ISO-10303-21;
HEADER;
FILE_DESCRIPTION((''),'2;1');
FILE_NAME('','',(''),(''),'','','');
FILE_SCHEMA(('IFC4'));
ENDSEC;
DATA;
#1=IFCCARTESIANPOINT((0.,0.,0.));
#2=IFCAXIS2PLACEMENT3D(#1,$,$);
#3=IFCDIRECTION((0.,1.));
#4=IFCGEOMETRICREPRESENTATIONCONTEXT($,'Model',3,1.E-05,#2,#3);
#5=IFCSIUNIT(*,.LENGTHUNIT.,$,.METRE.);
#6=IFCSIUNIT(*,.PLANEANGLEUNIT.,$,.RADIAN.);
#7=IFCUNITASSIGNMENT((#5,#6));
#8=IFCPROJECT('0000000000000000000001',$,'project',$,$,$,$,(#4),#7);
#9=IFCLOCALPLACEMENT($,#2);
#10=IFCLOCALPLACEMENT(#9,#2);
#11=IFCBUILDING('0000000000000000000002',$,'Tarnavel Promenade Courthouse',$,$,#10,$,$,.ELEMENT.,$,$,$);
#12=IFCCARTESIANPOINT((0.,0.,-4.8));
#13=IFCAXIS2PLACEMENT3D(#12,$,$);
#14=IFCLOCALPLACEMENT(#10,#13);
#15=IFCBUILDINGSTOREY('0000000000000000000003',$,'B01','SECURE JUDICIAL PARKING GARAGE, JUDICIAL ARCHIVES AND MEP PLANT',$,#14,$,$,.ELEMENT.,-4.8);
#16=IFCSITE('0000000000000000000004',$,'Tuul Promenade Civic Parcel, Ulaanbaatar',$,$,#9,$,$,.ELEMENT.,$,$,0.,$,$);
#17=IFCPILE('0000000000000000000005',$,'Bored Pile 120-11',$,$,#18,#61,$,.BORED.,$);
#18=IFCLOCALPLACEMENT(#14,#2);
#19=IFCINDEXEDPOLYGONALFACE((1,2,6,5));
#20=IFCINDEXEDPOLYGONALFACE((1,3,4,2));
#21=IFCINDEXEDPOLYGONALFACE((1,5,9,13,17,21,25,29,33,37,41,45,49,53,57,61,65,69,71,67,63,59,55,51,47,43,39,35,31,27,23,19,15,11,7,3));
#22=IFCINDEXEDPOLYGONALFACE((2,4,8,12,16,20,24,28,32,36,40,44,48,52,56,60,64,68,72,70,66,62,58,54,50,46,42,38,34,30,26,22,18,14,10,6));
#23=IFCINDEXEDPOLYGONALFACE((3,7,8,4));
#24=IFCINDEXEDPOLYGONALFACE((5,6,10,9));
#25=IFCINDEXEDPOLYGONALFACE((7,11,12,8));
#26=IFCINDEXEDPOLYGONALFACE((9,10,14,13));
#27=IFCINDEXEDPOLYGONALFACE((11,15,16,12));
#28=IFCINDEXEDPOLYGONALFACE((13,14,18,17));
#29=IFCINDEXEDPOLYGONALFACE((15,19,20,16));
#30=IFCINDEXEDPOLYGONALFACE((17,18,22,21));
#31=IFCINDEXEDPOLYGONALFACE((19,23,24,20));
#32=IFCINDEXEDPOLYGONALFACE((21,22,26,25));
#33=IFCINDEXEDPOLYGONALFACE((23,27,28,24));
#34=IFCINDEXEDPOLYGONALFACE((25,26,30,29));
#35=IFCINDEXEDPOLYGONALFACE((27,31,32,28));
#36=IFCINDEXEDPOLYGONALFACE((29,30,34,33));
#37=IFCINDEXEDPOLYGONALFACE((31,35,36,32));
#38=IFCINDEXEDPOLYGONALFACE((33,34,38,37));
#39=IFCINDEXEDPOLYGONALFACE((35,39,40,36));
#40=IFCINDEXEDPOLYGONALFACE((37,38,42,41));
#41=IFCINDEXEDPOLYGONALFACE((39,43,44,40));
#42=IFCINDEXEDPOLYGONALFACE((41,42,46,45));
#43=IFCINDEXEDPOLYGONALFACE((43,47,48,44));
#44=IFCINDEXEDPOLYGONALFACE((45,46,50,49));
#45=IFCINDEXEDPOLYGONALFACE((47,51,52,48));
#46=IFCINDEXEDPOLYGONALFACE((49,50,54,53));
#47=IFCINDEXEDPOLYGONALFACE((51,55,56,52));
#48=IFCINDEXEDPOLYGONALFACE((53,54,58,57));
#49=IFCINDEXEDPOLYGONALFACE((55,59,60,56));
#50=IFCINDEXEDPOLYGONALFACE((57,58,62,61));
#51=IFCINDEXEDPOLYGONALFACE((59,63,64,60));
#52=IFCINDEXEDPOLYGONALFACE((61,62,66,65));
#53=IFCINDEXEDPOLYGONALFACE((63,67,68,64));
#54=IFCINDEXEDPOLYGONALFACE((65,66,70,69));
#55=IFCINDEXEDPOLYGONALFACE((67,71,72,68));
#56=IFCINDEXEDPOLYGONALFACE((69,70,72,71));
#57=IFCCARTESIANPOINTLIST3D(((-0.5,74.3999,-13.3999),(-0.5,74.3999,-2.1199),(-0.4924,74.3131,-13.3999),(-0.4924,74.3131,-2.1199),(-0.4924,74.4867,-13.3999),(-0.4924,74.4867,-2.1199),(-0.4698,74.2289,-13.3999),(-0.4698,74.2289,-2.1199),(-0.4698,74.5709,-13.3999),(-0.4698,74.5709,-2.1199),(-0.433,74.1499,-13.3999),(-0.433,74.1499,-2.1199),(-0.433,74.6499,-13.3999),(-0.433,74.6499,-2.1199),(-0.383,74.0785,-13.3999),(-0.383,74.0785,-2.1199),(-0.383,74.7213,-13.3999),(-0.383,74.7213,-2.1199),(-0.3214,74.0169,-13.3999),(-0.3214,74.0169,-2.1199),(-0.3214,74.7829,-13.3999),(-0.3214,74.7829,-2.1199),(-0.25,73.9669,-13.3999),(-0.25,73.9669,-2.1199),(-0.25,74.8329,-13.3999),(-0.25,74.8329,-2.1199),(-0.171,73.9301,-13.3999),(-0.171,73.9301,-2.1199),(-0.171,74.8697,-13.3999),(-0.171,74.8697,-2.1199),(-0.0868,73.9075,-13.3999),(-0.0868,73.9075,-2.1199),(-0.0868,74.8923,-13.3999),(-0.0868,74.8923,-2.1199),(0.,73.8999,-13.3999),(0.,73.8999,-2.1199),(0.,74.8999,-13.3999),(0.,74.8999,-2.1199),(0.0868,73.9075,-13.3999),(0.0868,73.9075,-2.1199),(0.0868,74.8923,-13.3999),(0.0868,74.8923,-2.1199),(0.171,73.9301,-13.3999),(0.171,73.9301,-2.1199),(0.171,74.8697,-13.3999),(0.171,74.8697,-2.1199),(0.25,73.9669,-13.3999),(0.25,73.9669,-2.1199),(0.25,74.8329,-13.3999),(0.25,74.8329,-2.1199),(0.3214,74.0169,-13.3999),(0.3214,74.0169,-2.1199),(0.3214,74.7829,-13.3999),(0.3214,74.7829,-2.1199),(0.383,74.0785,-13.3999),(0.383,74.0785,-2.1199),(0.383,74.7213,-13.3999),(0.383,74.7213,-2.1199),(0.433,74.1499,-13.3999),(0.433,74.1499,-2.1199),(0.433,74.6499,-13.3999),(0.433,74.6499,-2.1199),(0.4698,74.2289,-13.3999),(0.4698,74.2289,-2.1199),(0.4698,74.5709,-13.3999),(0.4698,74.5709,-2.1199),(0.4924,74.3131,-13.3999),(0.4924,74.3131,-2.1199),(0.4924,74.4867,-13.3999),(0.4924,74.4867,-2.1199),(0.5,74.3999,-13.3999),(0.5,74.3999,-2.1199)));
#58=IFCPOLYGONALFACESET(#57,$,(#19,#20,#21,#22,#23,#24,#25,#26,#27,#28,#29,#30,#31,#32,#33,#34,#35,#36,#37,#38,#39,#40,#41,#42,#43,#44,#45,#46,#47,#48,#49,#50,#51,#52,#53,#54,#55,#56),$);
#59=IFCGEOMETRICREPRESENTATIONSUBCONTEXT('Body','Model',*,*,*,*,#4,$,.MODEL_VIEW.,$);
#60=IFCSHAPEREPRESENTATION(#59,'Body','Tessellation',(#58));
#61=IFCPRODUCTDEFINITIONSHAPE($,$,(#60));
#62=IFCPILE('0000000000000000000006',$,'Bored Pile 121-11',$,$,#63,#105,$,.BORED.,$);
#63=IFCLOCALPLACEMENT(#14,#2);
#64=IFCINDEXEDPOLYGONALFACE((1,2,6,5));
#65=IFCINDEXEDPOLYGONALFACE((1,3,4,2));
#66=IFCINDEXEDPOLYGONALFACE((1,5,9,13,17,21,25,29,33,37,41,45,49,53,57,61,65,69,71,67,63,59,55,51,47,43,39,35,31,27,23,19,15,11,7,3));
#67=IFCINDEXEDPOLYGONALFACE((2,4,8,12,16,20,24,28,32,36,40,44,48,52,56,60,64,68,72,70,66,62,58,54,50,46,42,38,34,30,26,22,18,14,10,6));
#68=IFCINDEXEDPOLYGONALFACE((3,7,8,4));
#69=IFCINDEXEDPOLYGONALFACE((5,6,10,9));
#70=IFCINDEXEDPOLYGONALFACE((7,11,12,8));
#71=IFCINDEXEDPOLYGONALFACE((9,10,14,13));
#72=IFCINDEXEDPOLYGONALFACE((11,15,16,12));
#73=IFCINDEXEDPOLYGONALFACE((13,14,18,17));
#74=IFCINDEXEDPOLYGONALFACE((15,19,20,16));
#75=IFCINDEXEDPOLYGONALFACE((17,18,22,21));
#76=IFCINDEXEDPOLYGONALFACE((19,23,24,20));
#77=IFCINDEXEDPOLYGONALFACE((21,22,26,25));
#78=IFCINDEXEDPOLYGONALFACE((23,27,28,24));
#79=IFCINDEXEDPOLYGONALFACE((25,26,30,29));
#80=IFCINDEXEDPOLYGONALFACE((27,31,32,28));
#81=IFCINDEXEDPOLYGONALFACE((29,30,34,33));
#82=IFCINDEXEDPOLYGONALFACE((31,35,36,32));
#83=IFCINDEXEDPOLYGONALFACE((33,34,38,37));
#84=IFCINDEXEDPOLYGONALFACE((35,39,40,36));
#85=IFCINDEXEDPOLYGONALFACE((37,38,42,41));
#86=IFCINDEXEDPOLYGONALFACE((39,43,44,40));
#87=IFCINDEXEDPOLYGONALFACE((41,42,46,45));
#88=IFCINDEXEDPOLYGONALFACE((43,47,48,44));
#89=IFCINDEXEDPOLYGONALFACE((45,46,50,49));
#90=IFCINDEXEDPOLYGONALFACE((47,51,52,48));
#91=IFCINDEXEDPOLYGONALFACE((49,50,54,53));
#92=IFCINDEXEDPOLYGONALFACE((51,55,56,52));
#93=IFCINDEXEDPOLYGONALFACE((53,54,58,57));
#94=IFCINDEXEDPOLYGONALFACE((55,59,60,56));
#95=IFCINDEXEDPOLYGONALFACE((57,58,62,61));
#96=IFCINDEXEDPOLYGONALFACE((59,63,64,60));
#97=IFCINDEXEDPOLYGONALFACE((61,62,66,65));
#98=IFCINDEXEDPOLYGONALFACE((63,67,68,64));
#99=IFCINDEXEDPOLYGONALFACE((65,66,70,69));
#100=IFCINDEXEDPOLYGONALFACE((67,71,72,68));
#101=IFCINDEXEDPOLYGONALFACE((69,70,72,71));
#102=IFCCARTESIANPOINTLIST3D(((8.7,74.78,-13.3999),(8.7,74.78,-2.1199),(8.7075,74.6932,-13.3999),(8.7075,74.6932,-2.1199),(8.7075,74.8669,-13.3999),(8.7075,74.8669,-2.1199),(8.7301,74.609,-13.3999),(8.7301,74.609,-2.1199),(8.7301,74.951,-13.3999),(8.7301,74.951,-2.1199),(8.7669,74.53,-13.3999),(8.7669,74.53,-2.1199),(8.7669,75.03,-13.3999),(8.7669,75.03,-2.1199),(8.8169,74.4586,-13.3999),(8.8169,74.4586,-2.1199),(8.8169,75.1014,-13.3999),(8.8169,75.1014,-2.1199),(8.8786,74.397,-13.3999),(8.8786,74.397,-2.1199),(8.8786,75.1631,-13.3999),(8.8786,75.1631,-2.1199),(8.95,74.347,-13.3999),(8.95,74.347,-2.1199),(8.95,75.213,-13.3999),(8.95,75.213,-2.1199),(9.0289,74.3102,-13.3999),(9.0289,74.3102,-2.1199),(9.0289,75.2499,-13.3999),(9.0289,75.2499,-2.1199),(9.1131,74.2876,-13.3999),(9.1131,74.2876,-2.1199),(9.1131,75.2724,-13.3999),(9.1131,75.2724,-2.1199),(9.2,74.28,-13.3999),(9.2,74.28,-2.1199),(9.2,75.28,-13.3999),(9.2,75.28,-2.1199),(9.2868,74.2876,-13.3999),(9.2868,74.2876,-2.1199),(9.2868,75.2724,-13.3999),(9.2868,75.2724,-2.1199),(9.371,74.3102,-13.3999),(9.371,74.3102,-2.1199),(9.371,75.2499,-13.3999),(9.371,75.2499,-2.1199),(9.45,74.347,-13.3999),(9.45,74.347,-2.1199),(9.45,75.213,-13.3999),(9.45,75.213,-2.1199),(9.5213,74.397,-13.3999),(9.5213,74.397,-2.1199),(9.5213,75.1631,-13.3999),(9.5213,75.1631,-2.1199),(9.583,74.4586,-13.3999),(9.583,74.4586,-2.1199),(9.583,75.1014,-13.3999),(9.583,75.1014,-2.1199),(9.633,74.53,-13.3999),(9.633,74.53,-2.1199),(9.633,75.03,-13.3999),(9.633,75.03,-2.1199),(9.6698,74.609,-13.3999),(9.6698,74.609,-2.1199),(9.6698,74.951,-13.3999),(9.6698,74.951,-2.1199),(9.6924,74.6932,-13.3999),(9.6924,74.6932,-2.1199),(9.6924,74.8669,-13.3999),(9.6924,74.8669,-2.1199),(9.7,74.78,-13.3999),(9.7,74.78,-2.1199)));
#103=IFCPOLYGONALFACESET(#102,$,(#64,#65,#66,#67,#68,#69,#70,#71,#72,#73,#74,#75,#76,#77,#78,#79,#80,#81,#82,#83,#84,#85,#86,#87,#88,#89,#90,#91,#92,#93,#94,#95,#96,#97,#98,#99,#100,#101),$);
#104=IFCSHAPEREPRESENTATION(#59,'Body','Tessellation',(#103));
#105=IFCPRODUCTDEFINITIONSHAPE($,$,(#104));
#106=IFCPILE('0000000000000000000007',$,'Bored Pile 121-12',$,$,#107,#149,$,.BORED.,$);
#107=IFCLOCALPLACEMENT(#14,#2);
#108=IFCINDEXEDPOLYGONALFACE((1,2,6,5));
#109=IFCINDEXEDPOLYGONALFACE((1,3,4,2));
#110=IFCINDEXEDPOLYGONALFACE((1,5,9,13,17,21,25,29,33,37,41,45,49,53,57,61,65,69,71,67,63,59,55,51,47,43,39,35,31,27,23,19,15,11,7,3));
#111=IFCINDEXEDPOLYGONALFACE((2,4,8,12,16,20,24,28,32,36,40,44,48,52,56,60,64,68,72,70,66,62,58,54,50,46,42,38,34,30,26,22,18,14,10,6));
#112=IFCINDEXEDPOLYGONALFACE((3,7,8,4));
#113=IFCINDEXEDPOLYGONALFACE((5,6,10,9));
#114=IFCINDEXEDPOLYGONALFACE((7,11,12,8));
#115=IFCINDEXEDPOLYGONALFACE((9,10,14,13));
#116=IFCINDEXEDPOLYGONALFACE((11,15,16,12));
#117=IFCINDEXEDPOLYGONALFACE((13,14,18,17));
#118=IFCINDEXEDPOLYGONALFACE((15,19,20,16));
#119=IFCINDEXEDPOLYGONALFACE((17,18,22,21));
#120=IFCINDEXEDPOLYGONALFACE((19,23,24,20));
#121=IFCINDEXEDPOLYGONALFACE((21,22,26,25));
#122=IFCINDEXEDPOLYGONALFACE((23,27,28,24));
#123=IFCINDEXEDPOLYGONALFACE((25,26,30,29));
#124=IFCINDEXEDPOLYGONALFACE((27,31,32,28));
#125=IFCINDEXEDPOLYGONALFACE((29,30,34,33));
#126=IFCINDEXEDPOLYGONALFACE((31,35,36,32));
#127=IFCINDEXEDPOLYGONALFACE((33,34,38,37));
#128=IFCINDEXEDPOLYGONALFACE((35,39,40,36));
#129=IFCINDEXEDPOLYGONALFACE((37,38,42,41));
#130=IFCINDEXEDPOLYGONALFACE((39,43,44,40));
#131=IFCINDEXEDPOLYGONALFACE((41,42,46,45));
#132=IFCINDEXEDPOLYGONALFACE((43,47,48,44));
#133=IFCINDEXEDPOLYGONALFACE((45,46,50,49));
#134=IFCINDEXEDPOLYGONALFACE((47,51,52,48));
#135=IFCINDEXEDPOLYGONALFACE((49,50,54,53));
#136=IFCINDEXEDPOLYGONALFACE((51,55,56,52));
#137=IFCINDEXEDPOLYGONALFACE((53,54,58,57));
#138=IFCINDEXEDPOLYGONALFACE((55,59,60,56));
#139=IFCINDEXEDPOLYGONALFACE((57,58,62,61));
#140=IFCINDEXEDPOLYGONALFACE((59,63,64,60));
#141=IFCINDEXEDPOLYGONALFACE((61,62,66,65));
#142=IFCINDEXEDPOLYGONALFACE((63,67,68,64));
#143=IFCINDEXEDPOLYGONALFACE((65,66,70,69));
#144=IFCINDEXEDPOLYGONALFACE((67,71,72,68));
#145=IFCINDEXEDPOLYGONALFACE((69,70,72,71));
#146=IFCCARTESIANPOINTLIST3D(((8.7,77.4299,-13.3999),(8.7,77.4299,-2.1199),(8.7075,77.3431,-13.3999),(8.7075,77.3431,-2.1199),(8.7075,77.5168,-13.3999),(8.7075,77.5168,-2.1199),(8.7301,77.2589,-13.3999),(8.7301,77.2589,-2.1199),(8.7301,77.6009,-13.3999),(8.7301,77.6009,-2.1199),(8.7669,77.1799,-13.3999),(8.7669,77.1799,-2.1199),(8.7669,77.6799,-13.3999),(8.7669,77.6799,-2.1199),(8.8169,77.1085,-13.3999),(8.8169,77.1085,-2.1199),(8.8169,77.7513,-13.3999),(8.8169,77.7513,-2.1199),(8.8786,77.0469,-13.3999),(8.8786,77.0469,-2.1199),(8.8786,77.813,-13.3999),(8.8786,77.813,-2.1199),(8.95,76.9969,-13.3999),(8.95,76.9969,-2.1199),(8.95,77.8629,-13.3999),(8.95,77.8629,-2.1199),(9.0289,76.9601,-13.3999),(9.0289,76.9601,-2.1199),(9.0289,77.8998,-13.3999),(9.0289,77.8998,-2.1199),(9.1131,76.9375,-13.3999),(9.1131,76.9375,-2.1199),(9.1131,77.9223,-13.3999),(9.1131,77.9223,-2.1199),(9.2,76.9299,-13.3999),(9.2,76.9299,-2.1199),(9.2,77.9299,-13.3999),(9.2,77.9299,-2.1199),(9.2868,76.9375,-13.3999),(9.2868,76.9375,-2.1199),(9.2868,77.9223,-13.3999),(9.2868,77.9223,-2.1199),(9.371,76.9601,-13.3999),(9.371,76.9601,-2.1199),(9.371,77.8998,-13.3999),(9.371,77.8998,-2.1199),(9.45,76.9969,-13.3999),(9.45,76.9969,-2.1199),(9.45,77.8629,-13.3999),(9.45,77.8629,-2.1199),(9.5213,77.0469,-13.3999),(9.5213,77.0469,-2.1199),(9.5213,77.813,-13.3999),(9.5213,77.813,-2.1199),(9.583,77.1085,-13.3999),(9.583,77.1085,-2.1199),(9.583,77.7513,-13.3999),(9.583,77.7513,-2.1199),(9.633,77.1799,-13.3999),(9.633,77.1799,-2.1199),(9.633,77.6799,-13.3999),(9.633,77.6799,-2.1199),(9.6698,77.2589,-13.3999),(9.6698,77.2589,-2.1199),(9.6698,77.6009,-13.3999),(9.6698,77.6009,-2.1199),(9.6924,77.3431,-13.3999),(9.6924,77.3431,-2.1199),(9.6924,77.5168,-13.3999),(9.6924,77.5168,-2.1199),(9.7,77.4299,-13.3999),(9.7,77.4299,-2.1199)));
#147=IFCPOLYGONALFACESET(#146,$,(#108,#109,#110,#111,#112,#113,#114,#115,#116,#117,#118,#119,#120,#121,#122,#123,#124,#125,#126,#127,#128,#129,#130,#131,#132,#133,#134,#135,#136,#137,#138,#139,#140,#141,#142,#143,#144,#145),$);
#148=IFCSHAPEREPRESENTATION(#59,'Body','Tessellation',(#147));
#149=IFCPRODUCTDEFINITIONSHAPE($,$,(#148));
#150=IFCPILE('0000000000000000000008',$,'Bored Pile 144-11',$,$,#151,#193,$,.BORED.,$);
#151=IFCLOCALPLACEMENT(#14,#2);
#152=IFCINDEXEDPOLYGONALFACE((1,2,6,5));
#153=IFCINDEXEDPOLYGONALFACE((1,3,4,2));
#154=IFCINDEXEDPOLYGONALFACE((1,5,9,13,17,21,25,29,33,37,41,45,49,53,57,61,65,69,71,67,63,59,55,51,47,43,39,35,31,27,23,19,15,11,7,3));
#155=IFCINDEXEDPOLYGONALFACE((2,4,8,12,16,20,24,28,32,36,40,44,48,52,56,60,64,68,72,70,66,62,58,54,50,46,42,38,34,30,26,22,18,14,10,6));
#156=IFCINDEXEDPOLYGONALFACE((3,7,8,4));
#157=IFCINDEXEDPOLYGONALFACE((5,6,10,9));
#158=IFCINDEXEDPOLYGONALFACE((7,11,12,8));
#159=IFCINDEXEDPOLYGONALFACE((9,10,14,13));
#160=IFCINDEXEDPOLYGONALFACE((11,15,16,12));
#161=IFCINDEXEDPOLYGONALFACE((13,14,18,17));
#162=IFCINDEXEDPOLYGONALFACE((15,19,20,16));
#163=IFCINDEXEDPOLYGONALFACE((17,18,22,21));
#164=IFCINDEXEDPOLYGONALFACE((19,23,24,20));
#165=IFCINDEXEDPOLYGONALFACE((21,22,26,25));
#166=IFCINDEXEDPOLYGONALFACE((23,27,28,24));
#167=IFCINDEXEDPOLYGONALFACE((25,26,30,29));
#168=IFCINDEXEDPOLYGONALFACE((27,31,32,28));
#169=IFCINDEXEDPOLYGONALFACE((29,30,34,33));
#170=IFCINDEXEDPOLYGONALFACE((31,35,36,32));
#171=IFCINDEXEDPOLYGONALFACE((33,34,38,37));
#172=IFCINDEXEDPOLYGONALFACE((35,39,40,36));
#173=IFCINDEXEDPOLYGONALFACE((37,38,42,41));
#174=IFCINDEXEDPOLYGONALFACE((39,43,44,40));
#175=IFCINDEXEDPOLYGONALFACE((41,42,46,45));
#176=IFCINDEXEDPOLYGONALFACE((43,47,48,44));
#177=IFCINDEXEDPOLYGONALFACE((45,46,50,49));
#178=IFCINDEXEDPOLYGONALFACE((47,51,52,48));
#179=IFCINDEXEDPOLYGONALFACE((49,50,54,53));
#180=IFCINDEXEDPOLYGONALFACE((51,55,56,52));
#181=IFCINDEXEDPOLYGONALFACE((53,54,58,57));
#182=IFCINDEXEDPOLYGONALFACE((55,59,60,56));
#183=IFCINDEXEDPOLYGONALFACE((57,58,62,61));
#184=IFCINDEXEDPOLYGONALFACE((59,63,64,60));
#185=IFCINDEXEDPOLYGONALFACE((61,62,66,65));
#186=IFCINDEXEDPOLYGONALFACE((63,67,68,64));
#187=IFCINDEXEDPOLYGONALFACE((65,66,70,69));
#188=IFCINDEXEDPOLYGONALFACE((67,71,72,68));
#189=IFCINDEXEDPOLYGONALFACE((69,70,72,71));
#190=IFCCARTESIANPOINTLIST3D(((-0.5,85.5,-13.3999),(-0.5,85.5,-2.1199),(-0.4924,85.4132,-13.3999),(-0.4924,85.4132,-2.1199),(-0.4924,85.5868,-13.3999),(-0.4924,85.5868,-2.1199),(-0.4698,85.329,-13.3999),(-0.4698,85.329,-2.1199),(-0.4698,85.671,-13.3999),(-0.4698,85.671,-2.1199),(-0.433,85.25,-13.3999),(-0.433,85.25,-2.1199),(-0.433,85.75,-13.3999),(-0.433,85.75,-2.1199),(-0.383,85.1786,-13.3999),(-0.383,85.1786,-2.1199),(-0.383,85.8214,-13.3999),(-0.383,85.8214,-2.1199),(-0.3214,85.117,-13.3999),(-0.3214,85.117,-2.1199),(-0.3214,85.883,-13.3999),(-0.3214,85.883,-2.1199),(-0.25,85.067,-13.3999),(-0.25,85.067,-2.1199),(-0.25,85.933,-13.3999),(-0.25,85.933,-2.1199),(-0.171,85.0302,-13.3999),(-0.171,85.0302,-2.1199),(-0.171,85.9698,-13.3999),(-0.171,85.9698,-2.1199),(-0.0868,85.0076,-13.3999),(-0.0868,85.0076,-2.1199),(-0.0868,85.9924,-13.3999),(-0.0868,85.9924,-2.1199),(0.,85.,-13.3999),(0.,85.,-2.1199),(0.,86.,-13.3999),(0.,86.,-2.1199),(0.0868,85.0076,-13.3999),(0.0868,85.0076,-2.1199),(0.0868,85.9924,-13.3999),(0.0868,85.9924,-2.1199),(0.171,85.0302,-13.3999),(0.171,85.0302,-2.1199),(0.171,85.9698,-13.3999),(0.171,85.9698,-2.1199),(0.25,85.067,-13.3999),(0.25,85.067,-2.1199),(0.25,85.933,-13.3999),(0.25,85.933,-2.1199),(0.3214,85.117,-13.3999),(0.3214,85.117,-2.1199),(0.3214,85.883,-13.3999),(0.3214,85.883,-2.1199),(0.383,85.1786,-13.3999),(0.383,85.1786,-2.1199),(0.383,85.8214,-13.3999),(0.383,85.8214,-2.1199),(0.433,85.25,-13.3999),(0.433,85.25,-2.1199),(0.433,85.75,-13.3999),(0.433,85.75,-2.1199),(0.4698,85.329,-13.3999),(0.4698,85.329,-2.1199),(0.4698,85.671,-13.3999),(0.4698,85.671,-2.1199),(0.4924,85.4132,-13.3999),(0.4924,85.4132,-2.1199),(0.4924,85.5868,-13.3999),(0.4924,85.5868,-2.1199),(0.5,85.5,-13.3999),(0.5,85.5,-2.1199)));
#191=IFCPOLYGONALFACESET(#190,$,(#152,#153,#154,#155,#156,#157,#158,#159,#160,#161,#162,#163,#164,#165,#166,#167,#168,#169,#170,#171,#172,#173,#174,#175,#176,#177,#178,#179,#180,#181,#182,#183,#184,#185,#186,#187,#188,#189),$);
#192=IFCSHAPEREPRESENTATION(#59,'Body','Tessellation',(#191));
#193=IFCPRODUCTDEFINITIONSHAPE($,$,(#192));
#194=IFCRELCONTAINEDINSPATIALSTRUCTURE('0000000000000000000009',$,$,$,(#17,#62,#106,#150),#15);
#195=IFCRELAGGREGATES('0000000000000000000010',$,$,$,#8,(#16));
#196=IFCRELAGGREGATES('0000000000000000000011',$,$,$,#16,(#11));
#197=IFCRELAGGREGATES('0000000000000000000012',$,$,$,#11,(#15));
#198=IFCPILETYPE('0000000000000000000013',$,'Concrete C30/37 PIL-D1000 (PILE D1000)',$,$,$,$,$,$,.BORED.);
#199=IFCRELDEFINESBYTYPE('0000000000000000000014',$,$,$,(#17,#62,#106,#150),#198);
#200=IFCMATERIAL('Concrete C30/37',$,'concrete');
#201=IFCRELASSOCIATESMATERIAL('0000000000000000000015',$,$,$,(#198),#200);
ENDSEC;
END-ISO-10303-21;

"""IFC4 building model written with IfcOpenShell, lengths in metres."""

from ifc_helpers import new_model, si_unit, direction, frame, origin, origin_2d, place, context, subcontext, project, spatial, circle, extrude, material, material_profile, profile_set, type_object, element, save


model = new_model("IFC4")

# Units and contexts
model_context = context("Model", 3, precision=1e-05, world=origin(), true_north=direction((0.0, 1.0)))
body_context = subcontext(model_context, "Body", "Model", "MODEL_VIEW")
ifc_project = project(units=[si_unit("LENGTHUNIT", "METRE"), si_unit("PLANEANGLEUNIT", "RADIAN")], contexts=[model_context])

# Site, building, storey
site_placement = place(None, origin())
site = spatial("IfcSite", under=ifc_project, at=site_placement, Name="Tuul Promenade Civic Parcel, Ulaanbaatar", CompositionType="ELEMENT", RefElevation=0.0)
building_placement = place(site_placement, origin())
building = spatial("IfcBuilding", under=site, at=building_placement, Name="Tarnavel Promenade Courthouse", CompositionType="ELEMENT")
storey_placement = place(building_placement, frame((0.0, 0.0, -4.8)))
storey = spatial("IfcBuildingStorey", under=building, at=storey_placement, Name="B01", Description="SECURE JUDICIAL PARKING GARAGE, JUDICIAL ARCHIVES AND MEP PLANT", CompositionType="ELEMENT", Elevation=-4.8)

# Piles
ifc_material_1 = material(Name="Concrete C30/37", Category="concrete")
ifc_material_profile_1 = material_profile(ifc_material_1, circle(Radius=0.5, at=origin_2d()), Name="PILE D1000")
ifc_profile_set_1 = profile_set([ifc_material_profile_1], Name="Concrete C30/37")
pile_type = type_object("IfcPileType", Name="Concrete C30/37 PIL-D1000 (PILE D1000)", PredefinedType="BORED", material=ifc_profile_set_1)
for number, where, z_axis, x_axis, name in (
    (1, (0.0, 74.3999, -2.1199), (0.0, 0.0, -1.0), (1.0, 0.0, 0.0), "Bored Pile 120-11"),
    (2, (9.2, 74.78, -2.1199), (0.0, 0.0, -1.0), (1.0, 0.0, 0.0), "Bored Pile 121-11"),
    (3, (9.2, 77.4299, -2.1199), (0.0, 0.0, -1.0), (1.0, 0.0, 0.0), "Bored Pile 121-12"),
    (4, (0.0, 85.5, -2.1199), (0.0, 0.0, -1.0), (1.0, 0.0, 0.0), "Bored Pile 144-11"),
):
    element("IfcPile", number, at=place(storey_placement, frame(where, z_axis=z_axis, x_axis=x_axis)), inside=storey, type_object=pile_type, Name=name, PredefinedType="BORED", context=body_context, shape_type="SweptSolid", body=[
        extrude(circle(Radius=0.5, at=origin_2d()), origin(), (0.0, 0.0, 1.0), 11.28),
    ])

save(model, "model.ifc")
